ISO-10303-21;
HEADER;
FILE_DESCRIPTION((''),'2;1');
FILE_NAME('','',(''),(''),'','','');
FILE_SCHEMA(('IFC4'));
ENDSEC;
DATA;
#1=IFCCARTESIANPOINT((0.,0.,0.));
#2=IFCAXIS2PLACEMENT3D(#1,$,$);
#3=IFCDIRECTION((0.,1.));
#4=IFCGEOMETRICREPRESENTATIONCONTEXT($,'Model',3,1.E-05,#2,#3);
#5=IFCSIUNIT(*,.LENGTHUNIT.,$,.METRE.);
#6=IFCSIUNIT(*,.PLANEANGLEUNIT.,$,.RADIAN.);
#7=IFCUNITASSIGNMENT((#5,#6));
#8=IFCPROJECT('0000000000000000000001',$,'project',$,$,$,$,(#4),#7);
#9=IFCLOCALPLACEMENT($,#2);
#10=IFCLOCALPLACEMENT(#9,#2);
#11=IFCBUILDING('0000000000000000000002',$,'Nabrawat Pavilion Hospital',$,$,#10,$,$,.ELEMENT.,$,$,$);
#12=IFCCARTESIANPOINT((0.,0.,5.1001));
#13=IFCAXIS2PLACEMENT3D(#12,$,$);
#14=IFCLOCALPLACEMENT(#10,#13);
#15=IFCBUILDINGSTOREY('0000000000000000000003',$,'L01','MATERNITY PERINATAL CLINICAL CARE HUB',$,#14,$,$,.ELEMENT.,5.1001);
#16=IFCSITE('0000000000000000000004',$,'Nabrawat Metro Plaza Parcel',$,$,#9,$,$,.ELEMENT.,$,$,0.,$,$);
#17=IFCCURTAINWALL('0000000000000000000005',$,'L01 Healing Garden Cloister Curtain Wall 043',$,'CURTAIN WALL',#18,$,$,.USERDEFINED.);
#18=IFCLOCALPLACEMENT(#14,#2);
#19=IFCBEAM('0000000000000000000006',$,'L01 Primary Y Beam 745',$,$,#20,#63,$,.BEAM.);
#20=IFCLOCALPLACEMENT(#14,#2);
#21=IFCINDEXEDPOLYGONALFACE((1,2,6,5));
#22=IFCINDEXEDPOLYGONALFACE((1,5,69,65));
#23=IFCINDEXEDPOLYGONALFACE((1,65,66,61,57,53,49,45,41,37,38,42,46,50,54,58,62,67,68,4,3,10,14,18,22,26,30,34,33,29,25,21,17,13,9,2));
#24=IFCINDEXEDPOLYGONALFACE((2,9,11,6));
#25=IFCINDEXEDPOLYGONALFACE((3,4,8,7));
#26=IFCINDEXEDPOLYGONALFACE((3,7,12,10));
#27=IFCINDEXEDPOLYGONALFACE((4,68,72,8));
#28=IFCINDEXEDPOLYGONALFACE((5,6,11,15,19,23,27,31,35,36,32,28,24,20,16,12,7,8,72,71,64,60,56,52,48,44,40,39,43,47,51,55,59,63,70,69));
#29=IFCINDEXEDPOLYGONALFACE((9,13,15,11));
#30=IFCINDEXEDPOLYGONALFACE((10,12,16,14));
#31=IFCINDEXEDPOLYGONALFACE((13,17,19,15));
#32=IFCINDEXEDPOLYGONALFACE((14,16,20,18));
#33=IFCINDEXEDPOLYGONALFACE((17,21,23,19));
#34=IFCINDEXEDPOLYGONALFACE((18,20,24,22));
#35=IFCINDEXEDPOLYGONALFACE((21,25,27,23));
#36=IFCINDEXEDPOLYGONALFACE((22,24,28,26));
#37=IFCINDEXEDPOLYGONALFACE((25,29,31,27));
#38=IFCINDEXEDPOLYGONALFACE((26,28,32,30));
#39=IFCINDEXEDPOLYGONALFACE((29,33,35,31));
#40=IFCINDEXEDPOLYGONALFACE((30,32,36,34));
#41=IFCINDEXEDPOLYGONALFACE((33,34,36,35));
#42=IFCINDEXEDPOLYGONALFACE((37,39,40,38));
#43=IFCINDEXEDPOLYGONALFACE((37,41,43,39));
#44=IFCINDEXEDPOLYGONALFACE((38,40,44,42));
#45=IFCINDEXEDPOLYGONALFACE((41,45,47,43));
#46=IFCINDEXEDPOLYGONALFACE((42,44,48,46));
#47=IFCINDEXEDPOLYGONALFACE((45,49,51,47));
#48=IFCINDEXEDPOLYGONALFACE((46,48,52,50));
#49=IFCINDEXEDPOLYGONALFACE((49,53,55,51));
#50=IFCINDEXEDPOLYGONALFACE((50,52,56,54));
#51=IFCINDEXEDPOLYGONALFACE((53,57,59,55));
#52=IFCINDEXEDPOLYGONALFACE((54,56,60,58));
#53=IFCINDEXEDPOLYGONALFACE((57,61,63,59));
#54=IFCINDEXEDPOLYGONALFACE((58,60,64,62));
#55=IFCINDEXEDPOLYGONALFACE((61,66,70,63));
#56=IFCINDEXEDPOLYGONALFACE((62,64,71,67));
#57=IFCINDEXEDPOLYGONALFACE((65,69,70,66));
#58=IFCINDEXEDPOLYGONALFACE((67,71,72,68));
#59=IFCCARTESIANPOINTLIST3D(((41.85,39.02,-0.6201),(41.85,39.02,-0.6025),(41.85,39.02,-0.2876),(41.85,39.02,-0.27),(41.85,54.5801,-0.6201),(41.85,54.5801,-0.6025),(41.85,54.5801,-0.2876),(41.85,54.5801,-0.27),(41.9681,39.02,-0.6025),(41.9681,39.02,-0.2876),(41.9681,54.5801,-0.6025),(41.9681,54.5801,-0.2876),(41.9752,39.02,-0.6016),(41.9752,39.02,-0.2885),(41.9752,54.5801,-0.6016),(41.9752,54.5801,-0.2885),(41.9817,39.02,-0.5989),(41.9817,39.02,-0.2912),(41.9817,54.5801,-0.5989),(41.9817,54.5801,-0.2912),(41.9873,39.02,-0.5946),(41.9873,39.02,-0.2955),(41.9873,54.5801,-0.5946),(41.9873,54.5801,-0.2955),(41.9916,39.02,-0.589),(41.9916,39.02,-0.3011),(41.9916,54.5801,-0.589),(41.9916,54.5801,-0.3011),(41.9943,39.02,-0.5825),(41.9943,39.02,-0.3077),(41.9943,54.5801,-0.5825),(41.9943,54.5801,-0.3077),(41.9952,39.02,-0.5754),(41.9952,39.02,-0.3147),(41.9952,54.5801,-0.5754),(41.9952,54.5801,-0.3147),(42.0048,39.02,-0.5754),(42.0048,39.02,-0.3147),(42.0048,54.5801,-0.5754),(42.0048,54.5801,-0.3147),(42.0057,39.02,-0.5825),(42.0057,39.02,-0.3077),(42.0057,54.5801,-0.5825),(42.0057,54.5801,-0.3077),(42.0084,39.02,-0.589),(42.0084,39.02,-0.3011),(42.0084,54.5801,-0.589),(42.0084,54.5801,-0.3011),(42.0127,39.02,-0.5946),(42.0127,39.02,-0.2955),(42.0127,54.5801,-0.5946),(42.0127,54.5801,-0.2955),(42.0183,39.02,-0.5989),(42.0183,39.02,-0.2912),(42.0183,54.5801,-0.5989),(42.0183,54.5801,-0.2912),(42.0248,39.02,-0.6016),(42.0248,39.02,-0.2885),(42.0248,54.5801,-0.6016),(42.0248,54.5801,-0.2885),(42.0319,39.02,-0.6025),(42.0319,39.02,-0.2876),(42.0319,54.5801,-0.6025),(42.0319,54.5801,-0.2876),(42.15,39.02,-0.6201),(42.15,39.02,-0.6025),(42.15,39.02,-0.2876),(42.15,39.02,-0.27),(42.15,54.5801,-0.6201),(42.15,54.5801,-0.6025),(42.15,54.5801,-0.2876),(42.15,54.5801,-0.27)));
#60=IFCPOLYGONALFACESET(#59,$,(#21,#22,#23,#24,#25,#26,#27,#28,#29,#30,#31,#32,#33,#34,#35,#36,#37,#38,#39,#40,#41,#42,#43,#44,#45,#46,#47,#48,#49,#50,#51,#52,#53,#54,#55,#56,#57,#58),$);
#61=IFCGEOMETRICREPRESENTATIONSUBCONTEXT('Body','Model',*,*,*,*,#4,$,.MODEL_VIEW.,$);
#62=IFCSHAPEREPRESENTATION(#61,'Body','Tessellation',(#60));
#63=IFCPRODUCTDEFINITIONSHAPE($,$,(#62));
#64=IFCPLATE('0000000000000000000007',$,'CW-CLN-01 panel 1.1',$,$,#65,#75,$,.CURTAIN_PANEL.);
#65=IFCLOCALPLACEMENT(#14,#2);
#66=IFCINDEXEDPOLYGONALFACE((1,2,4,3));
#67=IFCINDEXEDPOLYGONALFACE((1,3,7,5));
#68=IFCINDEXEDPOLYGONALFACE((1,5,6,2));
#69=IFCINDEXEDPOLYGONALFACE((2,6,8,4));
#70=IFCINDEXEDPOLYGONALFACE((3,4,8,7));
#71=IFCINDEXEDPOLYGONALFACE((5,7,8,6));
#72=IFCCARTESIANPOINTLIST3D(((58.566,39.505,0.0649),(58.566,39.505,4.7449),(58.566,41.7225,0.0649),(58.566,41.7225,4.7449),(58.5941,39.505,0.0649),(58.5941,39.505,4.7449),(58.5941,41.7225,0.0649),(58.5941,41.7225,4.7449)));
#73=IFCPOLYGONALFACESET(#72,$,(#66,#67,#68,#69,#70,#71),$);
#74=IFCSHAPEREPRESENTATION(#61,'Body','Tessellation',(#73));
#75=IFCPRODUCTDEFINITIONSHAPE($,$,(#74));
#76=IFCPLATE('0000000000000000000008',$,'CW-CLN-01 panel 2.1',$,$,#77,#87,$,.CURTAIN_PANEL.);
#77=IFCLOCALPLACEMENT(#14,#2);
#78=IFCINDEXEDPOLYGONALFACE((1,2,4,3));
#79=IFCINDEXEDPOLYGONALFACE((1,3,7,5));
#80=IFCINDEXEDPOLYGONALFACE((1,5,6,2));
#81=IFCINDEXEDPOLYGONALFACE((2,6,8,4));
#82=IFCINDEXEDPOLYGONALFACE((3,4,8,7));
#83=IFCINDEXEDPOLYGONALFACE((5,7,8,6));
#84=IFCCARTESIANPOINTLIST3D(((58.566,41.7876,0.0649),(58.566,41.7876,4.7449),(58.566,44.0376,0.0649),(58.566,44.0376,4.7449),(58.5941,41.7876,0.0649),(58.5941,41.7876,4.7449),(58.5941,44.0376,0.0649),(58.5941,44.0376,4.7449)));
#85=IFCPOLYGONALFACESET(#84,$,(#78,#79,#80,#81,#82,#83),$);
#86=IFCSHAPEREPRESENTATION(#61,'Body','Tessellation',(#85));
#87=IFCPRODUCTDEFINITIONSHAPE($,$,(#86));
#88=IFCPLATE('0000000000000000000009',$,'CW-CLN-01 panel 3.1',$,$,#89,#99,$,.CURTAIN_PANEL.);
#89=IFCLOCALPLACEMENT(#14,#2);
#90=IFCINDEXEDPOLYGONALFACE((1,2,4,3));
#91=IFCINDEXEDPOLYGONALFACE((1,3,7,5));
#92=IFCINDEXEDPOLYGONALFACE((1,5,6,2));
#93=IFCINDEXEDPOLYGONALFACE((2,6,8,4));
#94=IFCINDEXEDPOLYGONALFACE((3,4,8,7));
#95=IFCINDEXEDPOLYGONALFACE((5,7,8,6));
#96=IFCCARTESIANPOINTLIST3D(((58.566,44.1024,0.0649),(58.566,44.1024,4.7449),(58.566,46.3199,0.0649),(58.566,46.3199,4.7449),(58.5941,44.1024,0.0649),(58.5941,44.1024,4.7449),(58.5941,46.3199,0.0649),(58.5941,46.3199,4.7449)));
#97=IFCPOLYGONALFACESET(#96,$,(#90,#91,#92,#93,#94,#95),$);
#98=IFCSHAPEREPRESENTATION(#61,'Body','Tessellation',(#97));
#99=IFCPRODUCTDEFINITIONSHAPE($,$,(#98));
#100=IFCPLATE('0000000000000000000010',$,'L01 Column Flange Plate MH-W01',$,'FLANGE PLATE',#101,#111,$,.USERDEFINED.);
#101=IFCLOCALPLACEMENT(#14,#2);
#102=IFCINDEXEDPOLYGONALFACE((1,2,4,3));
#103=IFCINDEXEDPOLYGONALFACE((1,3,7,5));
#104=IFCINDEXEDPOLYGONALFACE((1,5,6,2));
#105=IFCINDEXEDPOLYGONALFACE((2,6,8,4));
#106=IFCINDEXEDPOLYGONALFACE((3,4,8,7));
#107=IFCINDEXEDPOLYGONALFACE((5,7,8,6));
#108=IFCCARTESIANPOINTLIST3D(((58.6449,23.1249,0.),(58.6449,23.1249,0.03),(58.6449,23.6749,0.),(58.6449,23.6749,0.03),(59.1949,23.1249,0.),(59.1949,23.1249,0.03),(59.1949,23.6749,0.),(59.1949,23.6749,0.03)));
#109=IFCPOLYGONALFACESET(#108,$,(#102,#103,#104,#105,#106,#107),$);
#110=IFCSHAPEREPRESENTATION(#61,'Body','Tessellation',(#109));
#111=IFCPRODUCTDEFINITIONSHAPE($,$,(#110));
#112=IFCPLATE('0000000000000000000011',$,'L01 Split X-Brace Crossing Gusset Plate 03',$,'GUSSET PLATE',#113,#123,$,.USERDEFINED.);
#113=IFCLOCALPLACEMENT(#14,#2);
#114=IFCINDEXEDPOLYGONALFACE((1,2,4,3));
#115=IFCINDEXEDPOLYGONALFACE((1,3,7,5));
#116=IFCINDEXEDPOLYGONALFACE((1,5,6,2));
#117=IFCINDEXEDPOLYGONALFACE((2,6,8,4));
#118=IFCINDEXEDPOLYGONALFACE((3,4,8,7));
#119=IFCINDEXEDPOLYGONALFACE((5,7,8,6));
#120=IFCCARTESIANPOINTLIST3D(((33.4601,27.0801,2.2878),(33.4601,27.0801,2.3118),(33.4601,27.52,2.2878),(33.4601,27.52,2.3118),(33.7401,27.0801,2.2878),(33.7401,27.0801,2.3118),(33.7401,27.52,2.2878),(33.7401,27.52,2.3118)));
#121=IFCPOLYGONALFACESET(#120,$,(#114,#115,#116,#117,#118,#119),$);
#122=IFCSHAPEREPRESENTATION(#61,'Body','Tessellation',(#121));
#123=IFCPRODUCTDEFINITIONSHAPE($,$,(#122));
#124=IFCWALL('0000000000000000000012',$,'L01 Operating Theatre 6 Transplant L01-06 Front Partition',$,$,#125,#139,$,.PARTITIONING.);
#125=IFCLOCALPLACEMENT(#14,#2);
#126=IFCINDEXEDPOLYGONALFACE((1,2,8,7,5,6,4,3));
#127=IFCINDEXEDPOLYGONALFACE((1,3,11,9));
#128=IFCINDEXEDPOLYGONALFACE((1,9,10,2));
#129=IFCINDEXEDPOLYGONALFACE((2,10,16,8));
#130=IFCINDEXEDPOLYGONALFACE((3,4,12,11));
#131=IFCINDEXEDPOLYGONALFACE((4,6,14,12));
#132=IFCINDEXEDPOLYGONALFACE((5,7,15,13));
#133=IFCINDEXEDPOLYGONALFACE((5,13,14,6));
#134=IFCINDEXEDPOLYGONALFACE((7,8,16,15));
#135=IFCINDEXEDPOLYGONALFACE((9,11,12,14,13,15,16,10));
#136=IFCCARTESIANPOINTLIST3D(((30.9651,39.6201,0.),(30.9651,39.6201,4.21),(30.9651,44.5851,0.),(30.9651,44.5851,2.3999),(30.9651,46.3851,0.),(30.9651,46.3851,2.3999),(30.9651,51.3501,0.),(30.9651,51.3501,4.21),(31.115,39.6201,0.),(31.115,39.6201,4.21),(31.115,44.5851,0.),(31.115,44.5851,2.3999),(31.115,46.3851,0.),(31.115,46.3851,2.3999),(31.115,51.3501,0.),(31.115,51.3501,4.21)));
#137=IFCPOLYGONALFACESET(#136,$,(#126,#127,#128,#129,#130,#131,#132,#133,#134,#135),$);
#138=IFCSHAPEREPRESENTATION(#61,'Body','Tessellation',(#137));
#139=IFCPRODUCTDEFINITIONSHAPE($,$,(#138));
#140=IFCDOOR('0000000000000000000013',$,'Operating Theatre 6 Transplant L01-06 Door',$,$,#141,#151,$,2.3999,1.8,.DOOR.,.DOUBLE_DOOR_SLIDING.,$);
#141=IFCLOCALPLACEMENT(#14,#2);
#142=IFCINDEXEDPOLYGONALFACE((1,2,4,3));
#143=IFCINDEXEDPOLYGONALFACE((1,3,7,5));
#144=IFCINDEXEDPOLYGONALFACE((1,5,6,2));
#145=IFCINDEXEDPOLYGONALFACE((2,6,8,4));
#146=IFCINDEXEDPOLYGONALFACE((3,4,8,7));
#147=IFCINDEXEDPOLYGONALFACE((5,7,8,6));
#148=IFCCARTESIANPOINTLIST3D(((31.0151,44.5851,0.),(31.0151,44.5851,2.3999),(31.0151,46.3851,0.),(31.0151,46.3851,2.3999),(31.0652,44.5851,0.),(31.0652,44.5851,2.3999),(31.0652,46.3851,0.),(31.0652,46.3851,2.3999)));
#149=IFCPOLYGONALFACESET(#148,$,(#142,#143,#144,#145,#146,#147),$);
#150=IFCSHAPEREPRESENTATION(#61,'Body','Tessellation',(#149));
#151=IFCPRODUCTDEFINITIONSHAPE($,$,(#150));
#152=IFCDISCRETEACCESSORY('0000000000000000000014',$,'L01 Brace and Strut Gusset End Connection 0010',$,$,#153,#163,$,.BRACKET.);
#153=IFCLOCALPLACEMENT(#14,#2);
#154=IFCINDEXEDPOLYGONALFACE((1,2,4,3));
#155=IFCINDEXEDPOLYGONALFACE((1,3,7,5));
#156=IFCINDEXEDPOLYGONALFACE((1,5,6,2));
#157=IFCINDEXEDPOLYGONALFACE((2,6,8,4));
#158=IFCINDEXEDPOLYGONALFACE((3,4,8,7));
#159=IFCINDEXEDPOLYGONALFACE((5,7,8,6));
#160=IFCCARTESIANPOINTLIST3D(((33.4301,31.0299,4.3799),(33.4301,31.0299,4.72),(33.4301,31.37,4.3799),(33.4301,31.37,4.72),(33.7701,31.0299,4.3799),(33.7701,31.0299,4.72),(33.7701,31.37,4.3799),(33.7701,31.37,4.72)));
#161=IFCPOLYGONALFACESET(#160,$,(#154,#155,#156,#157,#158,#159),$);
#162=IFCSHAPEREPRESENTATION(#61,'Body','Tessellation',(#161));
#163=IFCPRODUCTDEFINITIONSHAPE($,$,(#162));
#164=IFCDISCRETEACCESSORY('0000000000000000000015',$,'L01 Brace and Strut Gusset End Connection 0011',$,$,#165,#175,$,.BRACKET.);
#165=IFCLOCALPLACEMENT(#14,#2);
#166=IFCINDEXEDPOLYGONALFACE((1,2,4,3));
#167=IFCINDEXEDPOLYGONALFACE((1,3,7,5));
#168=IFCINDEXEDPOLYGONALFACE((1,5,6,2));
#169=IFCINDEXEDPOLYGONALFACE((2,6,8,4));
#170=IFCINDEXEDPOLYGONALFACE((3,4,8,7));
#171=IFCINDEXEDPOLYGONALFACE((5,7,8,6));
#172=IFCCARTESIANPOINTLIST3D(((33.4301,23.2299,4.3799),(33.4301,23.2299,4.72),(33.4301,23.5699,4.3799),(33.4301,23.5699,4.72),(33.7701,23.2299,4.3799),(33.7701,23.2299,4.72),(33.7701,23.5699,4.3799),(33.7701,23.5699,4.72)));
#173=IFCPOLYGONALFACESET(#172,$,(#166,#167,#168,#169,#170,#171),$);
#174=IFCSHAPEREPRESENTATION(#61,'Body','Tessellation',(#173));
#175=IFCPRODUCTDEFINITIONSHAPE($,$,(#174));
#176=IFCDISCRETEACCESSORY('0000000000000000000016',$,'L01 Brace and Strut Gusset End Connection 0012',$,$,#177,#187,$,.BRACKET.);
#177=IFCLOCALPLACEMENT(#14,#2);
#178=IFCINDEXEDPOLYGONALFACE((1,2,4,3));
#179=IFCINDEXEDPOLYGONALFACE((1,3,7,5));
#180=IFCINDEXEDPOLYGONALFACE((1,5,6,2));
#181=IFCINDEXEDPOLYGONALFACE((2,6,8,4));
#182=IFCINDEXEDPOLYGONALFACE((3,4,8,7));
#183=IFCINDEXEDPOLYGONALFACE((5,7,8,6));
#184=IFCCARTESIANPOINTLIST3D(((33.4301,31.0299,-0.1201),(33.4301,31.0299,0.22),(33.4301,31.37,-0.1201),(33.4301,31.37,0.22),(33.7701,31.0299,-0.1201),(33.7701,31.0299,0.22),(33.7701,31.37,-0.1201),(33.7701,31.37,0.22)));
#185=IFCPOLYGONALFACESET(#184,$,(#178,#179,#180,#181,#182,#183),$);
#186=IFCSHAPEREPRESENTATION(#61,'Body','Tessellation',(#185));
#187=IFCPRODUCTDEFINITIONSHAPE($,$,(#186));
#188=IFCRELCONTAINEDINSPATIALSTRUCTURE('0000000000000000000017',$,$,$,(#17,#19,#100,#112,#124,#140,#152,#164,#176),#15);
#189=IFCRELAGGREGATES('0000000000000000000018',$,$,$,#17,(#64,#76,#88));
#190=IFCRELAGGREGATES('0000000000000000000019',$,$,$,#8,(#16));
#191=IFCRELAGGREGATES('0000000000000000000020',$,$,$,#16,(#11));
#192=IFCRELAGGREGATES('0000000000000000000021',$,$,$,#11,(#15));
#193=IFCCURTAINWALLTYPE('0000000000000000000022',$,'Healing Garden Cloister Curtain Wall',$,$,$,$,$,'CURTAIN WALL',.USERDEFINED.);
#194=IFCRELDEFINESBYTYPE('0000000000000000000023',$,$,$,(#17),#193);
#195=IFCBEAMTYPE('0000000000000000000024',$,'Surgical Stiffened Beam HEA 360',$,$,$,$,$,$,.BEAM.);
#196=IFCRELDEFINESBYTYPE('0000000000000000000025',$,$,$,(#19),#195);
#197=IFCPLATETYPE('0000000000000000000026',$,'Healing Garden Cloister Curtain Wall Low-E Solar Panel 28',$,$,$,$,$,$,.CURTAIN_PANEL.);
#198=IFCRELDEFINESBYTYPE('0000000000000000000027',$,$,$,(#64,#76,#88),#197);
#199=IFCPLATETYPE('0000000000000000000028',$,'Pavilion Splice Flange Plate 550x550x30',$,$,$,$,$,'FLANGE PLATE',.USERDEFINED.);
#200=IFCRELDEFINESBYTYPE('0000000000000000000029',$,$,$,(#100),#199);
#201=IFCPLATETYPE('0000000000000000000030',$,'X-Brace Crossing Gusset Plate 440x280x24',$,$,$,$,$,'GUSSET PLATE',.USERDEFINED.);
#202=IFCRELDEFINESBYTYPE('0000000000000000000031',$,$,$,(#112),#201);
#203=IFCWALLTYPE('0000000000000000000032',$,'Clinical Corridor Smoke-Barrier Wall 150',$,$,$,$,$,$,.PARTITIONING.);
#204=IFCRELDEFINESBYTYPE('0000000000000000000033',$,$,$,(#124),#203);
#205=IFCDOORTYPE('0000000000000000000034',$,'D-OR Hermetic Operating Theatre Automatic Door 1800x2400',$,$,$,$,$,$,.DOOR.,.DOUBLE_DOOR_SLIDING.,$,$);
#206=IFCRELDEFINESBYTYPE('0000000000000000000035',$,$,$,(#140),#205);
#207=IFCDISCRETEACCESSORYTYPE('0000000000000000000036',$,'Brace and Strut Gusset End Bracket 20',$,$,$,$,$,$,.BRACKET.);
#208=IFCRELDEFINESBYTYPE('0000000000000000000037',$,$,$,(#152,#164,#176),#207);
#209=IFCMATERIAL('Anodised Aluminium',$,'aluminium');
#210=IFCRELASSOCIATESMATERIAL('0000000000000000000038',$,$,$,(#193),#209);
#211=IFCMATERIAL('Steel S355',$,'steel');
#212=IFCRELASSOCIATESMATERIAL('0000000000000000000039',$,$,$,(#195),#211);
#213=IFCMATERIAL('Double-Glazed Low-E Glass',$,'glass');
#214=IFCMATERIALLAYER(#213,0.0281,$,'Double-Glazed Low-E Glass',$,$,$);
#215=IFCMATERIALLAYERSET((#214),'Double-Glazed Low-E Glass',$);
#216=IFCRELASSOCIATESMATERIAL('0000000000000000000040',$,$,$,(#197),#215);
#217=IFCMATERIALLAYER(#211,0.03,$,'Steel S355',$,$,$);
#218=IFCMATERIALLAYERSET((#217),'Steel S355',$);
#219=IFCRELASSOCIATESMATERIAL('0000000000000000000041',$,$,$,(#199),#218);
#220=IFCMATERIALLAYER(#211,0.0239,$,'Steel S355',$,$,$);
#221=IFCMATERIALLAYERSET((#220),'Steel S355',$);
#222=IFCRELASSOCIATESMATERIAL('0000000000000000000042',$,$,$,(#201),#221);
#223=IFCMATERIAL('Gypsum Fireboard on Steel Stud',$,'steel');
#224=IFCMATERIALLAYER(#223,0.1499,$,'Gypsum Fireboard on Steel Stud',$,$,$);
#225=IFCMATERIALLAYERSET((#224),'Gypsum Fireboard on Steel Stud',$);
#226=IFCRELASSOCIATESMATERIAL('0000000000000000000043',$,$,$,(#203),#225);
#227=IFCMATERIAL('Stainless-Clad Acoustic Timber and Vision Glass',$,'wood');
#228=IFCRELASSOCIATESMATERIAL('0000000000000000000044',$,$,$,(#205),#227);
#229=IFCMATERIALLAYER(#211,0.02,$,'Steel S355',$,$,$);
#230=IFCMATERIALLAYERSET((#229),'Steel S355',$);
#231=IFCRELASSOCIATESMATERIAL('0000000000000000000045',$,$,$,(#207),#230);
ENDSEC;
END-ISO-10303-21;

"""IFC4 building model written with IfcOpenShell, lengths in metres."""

from ifc_helpers import new_model, si_unit, direction, frame, frame_2d, origin, origin_2d, place, context, subcontext, project, spatial, rectangle, i_section, extrude, material, layer, layer_set, material_profile, profile_set, type_object, element, fill, aggregate, save


model = new_model("IFC4")

# Units and contexts
model_context = context("Model", 3, precision=1e-05, world=origin(), true_north=direction((0.0, 1.0)))
body_context = subcontext(model_context, "Body", "Model", "MODEL_VIEW")
ifc_project = project(units=[si_unit("LENGTHUNIT", "METRE"), si_unit("PLANEANGLEUNIT", "RADIAN")], contexts=[model_context])

# Site, building, storey
site_placement = place(None, origin())
site = spatial("IfcSite", under=ifc_project, at=site_placement, Name="Nabrawat Metro Plaza Parcel", CompositionType="ELEMENT", RefElevation=0.0)
building_placement = place(site_placement, origin())
building = spatial("IfcBuilding", under=site, at=building_placement, Name="Nabrawat Pavilion Hospital", CompositionType="ELEMENT")
storey_placement = place(building_placement, frame((0.0, 0.0, 5.1001)))
storey = spatial("IfcBuildingStorey", under=building, at=storey_placement, Name="L01", Description="MATERNITY PERINATAL CLINICAL CARE HUB", CompositionType="ELEMENT", Elevation=5.1001)

# Shared definitions
ifc_material_1 = material(Name="Steel S355", Category="steel")

# Curtain wall
ifc_material_2 = material(Name="Anodised Aluminium", Category="aluminium")
curtain_wall_type = type_object("IfcCurtainWallType", Name="Healing Garden Cloister Curtain Wall", ElementType="CURTAIN WALL", PredefinedType="USERDEFINED", material=ifc_material_2)
curtain_wall_placement = place(storey_placement, origin())
curtain_wall = element("IfcCurtainWall", 1, at=curtain_wall_placement, inside=storey, type_object=curtain_wall_type, Name="L01 Healing Garden Cloister Curtain Wall 043", ObjectType="CURTAIN WALL", PredefinedType="USERDEFINED")

# Beam
ifc_material_profile_1 = material_profile(ifc_material_1, i_section(OverallWidth=0.3, OverallDepth=0.3501, WebThickness=0.0095, FlangeThickness=0.0176, FilletRadius=0.0271, at=origin_2d()), Name="HEA 360")
ifc_profile_set_1 = profile_set([ifc_material_profile_1], Name="Steel S355")
beam_type_1 = type_object("IfcBeamType", Name="Surgical Stiffened Beam HEA 360", PredefinedType="BEAM", material=ifc_profile_set_1)
beam_1_placement = place(storey_placement, frame((42.0, 39.02, -0.4451), z_axis=(0.0, 1.0, 0.0), x_axis=(-1.0, 0.0, 0.0)))
element("IfcBeam", 2, at=beam_1_placement, inside=storey, type_object=beam_type_1, Name="L01 Primary Y Beam 745", PredefinedType="BEAM", context=body_context, shape_type="SweptSolid", body=[
    extrude(i_section(OverallWidth=0.3, OverallDepth=0.3501, WebThickness=0.0095, FlangeThickness=0.0176, FilletRadius=0.0271, at=origin_2d()), origin(), (0.0, 0.0, 1.0), 15.5601),
])

# Plates
ifc_material_3 = material(Name="Double-Glazed Low-E Glass", Category="glass")
ifc_layer_1 = layer(ifc_material_3, 0.0281, Name="Double-Glazed Low-E Glass")
ifc_layer_set_1 = layer_set([ifc_layer_1], Name="Double-Glazed Low-E Glass")
plate_type_1 = type_object("IfcPlateType", Name="Healing Garden Cloister Curtain Wall Low-E Solar Panel 28", PredefinedType="CURTAIN_PANEL", material=ifc_layer_set_1)
plate_1_placement = place(storey_placement, frame((58.5801, 40.6138, 0.0649), z_axis=(0.0, 0.0, 1.0), x_axis=(0.0, 1.0, 0.0)))
plate_1 = element("IfcPlate", 3, at=plate_1_placement, type_object=plate_type_1, Name="CW-CLN-01 panel 1.1", PredefinedType="CURTAIN_PANEL", context=body_context, shape_type="SweptSolid", body=[
    extrude(rectangle(XDim=2.2175, YDim=0.0281, at=origin_2d()), origin(), (0.0, 0.0, 1.0), 4.6799),
])
plate_2_placement = place(storey_placement, frame((58.5801, 42.9126, 0.0649), z_axis=(0.0, 0.0, 1.0), x_axis=(0.0, 1.0, 0.0)))
plate_2 = element("IfcPlate", 4, at=plate_2_placement, type_object=plate_type_1, Name="CW-CLN-01 panel 2.1", PredefinedType="CURTAIN_PANEL", context=body_context, shape_type="SweptSolid", body=[
    extrude(rectangle(XDim=2.25, YDim=0.0281, at=origin_2d()), origin(), (0.0, 0.0, 1.0), 4.6799),
])
plate_3_placement = place(storey_placement, frame((58.5801, 45.2112, 0.0649), z_axis=(0.0, 0.0, 1.0), x_axis=(0.0, 1.0, 0.0)))
plate_3 = element("IfcPlate", 5, at=plate_3_placement, type_object=plate_type_1, Name="CW-CLN-01 panel 3.1", PredefinedType="CURTAIN_PANEL", context=body_context, shape_type="SweptSolid", body=[
    extrude(rectangle(XDim=2.2175, YDim=0.0281, at=origin_2d()), origin(), (0.0, 0.0, 1.0), 4.6799),
])
aggregate(curtain_wall, [plate_1, plate_2, plate_3])

# Plates
ifc_layer_2 = layer(ifc_material_1, 0.03, Name="Steel S355")
ifc_layer_set_2 = layer_set([ifc_layer_2], Name="Steel S355")
plate_type_2 = type_object("IfcPlateType", Name="Pavilion Splice Flange Plate 550x550x30", ElementType="FLANGE PLATE", PredefinedType="USERDEFINED", material=ifc_layer_set_2)
plate_4_placement = place(storey_placement, frame((58.9199, 23.3999, 0.0), z_axis=(0.0, 0.0, 1.0), x_axis=(1.0, 0.0, 0.0)))
element("IfcPlate", 6, at=plate_4_placement, inside=storey, type_object=plate_type_2, Name="L01 Column Flange Plate MH-W01", ObjectType="FLANGE PLATE", PredefinedType="USERDEFINED", context=body_context, shape_type="SweptSolid", body=[
    extrude(rectangle(XDim=0.55, YDim=0.55, at=origin_2d()), origin(), (0.0, 0.0, 1.0), 0.03),
])
ifc_layer_3 = layer(ifc_material_1, 0.0239, Name="Steel S355")
ifc_layer_set_3 = layer_set([ifc_layer_3], Name="Steel S355")
plate_type_3 = type_object("IfcPlateType", Name="X-Brace Crossing Gusset Plate 440x280x24", ElementType="GUSSET PLATE", PredefinedType="USERDEFINED", material=ifc_layer_set_3)
plate_5_placement = place(storey_placement, frame((33.6001, 27.3, 2.2878), z_axis=(0.0, 0.0, 1.0), x_axis=(1.0, 0.0, 0.0)))
element("IfcPlate", 7, at=plate_5_placement, inside=storey, type_object=plate_type_3, Name="L01 Split X-Brace Crossing Gusset Plate 03", ObjectType="GUSSET PLATE", PredefinedType="USERDEFINED", context=body_context, shape_type="SweptSolid", body=[
    extrude(rectangle(XDim=0.28, YDim=0.4399, at=origin_2d()), origin(), (0.0, 0.0, 1.0), 0.0239),
])

# Wall, opening, door
ifc_material_4 = material(Name="Gypsum Fireboard on Steel Stud", Category="steel")
ifc_layer_4 = layer(ifc_material_4, 0.1499, Name="Gypsum Fireboard on Steel Stud")
ifc_layer_set_4 = layer_set([ifc_layer_4], Name="Gypsum Fireboard on Steel Stud")
wall_type = type_object("IfcWallType", Name="Clinical Corridor Smoke-Barrier Wall 150", PredefinedType="PARTITIONING", material=ifc_layer_set_4)
wall_placement = place(storey_placement, frame((31.04, 39.6201, 0.0), z_axis=(0.0, 0.0, 1.0), x_axis=(0.0, 1.0, 0.0)))
wall = element("IfcWall", 8, at=wall_placement, inside=storey, type_object=wall_type, Name="L01 Operating Theatre 6 Transplant L01-06 Front Partition", PredefinedType="PARTITIONING", context=body_context, shape_type="SweptSolid", body=[
    extrude(rectangle(XDim=11.73, YDim=0.1499, at=frame_2d((5.865, 0.0))), origin(), (0.0, 0.0, 1.0), 4.21),
])
opening_placement = place(wall_placement, frame((4.9651, 0.0, 0.0)))
opening = element("IfcOpeningElement", 9, at=opening_placement, cuts=wall, PredefinedType="OPENING", context=body_context, shape_type="SweptSolid", body=[
    extrude(rectangle(XDim=1.8, YDim=2.3999, at=frame_2d((0.8999, 1.2))), frame((0.0, 0.085, 0.0), z_axis=(0.0, -1.0, 0.0), x_axis=(1.0, 0.0, 0.0)), (0.0, 0.0, 1.0), 0.1699),
])
ifc_material_5 = material(Name="Stainless-Clad Acoustic Timber and Vision Glass", Category="wood")
door_type = type_object("IfcDoorType", Name="D-OR Hermetic Operating Theatre Automatic Door 1800x2400", OperationType="DOUBLE_DOOR_SLIDING", PredefinedType="DOOR", material=ifc_material_5)
door_placement = place(opening_placement, origin())
door = element("IfcDoor", 10, at=door_placement, inside=storey, type_object=door_type, Name="Operating Theatre 6 Transplant L01-06 Door", OperationType="DOUBLE_DOOR_SLIDING", OverallHeight=2.3999, OverallWidth=1.8, PredefinedType="DOOR", context=body_context, shape_type="SweptSolid", body=[
    extrude(rectangle(XDim=1.8, YDim=2.3999, at=frame_2d((0.8999, 1.2))), frame((0.0, 0.0249, 0.0), z_axis=(0.0, -1.0, 0.0), x_axis=(1.0, 0.0, 0.0)), (0.0, 0.0, 1.0), 0.05),
])
fill(opening, door)

# Discrete accessories
ifc_layer_5 = layer(ifc_material_1, 0.02, Name="Steel S355")
ifc_layer_set_5 = layer_set([ifc_layer_5], Name="Steel S355")
discrete_accessory_type = type_object("IfcDiscreteAccessoryType", Name="Brace and Strut Gusset End Bracket 20", PredefinedType="BRACKET", material=ifc_layer_set_5)
for number, where, z_axis, x_axis, name in (
    (11, (33.6001, 31.2, 4.3799), (0.0, 0.0, 1.0), (1.0, 0.0, 0.0), "L01 Brace and Strut Gusset End Connection 0010"),
    (12, (33.6001, 23.3999, 4.3799), (0.0, 0.0, 1.0), (1.0, 0.0, 0.0), "L01 Brace and Strut Gusset End Connection 0011"),
    (13, (33.6001, 31.2, -0.1201), (0.0, 0.0, 1.0), (1.0, 0.0, 0.0), "L01 Brace and Strut Gusset End Connection 0012"),
):
    element("IfcDiscreteAccessory", number, at=place(storey_placement, frame(where, z_axis=z_axis, x_axis=x_axis)), inside=storey, type_object=discrete_accessory_type, Name=name, PredefinedType="BRACKET", context=body_context, shape_type="SweptSolid", body=[
        extrude(rectangle(XDim=0.3401, YDim=0.3401, at=origin_2d()), origin(), (0.0, 0.0, 1.0), 0.3401),
    ])

save(model, "model.ifc")
